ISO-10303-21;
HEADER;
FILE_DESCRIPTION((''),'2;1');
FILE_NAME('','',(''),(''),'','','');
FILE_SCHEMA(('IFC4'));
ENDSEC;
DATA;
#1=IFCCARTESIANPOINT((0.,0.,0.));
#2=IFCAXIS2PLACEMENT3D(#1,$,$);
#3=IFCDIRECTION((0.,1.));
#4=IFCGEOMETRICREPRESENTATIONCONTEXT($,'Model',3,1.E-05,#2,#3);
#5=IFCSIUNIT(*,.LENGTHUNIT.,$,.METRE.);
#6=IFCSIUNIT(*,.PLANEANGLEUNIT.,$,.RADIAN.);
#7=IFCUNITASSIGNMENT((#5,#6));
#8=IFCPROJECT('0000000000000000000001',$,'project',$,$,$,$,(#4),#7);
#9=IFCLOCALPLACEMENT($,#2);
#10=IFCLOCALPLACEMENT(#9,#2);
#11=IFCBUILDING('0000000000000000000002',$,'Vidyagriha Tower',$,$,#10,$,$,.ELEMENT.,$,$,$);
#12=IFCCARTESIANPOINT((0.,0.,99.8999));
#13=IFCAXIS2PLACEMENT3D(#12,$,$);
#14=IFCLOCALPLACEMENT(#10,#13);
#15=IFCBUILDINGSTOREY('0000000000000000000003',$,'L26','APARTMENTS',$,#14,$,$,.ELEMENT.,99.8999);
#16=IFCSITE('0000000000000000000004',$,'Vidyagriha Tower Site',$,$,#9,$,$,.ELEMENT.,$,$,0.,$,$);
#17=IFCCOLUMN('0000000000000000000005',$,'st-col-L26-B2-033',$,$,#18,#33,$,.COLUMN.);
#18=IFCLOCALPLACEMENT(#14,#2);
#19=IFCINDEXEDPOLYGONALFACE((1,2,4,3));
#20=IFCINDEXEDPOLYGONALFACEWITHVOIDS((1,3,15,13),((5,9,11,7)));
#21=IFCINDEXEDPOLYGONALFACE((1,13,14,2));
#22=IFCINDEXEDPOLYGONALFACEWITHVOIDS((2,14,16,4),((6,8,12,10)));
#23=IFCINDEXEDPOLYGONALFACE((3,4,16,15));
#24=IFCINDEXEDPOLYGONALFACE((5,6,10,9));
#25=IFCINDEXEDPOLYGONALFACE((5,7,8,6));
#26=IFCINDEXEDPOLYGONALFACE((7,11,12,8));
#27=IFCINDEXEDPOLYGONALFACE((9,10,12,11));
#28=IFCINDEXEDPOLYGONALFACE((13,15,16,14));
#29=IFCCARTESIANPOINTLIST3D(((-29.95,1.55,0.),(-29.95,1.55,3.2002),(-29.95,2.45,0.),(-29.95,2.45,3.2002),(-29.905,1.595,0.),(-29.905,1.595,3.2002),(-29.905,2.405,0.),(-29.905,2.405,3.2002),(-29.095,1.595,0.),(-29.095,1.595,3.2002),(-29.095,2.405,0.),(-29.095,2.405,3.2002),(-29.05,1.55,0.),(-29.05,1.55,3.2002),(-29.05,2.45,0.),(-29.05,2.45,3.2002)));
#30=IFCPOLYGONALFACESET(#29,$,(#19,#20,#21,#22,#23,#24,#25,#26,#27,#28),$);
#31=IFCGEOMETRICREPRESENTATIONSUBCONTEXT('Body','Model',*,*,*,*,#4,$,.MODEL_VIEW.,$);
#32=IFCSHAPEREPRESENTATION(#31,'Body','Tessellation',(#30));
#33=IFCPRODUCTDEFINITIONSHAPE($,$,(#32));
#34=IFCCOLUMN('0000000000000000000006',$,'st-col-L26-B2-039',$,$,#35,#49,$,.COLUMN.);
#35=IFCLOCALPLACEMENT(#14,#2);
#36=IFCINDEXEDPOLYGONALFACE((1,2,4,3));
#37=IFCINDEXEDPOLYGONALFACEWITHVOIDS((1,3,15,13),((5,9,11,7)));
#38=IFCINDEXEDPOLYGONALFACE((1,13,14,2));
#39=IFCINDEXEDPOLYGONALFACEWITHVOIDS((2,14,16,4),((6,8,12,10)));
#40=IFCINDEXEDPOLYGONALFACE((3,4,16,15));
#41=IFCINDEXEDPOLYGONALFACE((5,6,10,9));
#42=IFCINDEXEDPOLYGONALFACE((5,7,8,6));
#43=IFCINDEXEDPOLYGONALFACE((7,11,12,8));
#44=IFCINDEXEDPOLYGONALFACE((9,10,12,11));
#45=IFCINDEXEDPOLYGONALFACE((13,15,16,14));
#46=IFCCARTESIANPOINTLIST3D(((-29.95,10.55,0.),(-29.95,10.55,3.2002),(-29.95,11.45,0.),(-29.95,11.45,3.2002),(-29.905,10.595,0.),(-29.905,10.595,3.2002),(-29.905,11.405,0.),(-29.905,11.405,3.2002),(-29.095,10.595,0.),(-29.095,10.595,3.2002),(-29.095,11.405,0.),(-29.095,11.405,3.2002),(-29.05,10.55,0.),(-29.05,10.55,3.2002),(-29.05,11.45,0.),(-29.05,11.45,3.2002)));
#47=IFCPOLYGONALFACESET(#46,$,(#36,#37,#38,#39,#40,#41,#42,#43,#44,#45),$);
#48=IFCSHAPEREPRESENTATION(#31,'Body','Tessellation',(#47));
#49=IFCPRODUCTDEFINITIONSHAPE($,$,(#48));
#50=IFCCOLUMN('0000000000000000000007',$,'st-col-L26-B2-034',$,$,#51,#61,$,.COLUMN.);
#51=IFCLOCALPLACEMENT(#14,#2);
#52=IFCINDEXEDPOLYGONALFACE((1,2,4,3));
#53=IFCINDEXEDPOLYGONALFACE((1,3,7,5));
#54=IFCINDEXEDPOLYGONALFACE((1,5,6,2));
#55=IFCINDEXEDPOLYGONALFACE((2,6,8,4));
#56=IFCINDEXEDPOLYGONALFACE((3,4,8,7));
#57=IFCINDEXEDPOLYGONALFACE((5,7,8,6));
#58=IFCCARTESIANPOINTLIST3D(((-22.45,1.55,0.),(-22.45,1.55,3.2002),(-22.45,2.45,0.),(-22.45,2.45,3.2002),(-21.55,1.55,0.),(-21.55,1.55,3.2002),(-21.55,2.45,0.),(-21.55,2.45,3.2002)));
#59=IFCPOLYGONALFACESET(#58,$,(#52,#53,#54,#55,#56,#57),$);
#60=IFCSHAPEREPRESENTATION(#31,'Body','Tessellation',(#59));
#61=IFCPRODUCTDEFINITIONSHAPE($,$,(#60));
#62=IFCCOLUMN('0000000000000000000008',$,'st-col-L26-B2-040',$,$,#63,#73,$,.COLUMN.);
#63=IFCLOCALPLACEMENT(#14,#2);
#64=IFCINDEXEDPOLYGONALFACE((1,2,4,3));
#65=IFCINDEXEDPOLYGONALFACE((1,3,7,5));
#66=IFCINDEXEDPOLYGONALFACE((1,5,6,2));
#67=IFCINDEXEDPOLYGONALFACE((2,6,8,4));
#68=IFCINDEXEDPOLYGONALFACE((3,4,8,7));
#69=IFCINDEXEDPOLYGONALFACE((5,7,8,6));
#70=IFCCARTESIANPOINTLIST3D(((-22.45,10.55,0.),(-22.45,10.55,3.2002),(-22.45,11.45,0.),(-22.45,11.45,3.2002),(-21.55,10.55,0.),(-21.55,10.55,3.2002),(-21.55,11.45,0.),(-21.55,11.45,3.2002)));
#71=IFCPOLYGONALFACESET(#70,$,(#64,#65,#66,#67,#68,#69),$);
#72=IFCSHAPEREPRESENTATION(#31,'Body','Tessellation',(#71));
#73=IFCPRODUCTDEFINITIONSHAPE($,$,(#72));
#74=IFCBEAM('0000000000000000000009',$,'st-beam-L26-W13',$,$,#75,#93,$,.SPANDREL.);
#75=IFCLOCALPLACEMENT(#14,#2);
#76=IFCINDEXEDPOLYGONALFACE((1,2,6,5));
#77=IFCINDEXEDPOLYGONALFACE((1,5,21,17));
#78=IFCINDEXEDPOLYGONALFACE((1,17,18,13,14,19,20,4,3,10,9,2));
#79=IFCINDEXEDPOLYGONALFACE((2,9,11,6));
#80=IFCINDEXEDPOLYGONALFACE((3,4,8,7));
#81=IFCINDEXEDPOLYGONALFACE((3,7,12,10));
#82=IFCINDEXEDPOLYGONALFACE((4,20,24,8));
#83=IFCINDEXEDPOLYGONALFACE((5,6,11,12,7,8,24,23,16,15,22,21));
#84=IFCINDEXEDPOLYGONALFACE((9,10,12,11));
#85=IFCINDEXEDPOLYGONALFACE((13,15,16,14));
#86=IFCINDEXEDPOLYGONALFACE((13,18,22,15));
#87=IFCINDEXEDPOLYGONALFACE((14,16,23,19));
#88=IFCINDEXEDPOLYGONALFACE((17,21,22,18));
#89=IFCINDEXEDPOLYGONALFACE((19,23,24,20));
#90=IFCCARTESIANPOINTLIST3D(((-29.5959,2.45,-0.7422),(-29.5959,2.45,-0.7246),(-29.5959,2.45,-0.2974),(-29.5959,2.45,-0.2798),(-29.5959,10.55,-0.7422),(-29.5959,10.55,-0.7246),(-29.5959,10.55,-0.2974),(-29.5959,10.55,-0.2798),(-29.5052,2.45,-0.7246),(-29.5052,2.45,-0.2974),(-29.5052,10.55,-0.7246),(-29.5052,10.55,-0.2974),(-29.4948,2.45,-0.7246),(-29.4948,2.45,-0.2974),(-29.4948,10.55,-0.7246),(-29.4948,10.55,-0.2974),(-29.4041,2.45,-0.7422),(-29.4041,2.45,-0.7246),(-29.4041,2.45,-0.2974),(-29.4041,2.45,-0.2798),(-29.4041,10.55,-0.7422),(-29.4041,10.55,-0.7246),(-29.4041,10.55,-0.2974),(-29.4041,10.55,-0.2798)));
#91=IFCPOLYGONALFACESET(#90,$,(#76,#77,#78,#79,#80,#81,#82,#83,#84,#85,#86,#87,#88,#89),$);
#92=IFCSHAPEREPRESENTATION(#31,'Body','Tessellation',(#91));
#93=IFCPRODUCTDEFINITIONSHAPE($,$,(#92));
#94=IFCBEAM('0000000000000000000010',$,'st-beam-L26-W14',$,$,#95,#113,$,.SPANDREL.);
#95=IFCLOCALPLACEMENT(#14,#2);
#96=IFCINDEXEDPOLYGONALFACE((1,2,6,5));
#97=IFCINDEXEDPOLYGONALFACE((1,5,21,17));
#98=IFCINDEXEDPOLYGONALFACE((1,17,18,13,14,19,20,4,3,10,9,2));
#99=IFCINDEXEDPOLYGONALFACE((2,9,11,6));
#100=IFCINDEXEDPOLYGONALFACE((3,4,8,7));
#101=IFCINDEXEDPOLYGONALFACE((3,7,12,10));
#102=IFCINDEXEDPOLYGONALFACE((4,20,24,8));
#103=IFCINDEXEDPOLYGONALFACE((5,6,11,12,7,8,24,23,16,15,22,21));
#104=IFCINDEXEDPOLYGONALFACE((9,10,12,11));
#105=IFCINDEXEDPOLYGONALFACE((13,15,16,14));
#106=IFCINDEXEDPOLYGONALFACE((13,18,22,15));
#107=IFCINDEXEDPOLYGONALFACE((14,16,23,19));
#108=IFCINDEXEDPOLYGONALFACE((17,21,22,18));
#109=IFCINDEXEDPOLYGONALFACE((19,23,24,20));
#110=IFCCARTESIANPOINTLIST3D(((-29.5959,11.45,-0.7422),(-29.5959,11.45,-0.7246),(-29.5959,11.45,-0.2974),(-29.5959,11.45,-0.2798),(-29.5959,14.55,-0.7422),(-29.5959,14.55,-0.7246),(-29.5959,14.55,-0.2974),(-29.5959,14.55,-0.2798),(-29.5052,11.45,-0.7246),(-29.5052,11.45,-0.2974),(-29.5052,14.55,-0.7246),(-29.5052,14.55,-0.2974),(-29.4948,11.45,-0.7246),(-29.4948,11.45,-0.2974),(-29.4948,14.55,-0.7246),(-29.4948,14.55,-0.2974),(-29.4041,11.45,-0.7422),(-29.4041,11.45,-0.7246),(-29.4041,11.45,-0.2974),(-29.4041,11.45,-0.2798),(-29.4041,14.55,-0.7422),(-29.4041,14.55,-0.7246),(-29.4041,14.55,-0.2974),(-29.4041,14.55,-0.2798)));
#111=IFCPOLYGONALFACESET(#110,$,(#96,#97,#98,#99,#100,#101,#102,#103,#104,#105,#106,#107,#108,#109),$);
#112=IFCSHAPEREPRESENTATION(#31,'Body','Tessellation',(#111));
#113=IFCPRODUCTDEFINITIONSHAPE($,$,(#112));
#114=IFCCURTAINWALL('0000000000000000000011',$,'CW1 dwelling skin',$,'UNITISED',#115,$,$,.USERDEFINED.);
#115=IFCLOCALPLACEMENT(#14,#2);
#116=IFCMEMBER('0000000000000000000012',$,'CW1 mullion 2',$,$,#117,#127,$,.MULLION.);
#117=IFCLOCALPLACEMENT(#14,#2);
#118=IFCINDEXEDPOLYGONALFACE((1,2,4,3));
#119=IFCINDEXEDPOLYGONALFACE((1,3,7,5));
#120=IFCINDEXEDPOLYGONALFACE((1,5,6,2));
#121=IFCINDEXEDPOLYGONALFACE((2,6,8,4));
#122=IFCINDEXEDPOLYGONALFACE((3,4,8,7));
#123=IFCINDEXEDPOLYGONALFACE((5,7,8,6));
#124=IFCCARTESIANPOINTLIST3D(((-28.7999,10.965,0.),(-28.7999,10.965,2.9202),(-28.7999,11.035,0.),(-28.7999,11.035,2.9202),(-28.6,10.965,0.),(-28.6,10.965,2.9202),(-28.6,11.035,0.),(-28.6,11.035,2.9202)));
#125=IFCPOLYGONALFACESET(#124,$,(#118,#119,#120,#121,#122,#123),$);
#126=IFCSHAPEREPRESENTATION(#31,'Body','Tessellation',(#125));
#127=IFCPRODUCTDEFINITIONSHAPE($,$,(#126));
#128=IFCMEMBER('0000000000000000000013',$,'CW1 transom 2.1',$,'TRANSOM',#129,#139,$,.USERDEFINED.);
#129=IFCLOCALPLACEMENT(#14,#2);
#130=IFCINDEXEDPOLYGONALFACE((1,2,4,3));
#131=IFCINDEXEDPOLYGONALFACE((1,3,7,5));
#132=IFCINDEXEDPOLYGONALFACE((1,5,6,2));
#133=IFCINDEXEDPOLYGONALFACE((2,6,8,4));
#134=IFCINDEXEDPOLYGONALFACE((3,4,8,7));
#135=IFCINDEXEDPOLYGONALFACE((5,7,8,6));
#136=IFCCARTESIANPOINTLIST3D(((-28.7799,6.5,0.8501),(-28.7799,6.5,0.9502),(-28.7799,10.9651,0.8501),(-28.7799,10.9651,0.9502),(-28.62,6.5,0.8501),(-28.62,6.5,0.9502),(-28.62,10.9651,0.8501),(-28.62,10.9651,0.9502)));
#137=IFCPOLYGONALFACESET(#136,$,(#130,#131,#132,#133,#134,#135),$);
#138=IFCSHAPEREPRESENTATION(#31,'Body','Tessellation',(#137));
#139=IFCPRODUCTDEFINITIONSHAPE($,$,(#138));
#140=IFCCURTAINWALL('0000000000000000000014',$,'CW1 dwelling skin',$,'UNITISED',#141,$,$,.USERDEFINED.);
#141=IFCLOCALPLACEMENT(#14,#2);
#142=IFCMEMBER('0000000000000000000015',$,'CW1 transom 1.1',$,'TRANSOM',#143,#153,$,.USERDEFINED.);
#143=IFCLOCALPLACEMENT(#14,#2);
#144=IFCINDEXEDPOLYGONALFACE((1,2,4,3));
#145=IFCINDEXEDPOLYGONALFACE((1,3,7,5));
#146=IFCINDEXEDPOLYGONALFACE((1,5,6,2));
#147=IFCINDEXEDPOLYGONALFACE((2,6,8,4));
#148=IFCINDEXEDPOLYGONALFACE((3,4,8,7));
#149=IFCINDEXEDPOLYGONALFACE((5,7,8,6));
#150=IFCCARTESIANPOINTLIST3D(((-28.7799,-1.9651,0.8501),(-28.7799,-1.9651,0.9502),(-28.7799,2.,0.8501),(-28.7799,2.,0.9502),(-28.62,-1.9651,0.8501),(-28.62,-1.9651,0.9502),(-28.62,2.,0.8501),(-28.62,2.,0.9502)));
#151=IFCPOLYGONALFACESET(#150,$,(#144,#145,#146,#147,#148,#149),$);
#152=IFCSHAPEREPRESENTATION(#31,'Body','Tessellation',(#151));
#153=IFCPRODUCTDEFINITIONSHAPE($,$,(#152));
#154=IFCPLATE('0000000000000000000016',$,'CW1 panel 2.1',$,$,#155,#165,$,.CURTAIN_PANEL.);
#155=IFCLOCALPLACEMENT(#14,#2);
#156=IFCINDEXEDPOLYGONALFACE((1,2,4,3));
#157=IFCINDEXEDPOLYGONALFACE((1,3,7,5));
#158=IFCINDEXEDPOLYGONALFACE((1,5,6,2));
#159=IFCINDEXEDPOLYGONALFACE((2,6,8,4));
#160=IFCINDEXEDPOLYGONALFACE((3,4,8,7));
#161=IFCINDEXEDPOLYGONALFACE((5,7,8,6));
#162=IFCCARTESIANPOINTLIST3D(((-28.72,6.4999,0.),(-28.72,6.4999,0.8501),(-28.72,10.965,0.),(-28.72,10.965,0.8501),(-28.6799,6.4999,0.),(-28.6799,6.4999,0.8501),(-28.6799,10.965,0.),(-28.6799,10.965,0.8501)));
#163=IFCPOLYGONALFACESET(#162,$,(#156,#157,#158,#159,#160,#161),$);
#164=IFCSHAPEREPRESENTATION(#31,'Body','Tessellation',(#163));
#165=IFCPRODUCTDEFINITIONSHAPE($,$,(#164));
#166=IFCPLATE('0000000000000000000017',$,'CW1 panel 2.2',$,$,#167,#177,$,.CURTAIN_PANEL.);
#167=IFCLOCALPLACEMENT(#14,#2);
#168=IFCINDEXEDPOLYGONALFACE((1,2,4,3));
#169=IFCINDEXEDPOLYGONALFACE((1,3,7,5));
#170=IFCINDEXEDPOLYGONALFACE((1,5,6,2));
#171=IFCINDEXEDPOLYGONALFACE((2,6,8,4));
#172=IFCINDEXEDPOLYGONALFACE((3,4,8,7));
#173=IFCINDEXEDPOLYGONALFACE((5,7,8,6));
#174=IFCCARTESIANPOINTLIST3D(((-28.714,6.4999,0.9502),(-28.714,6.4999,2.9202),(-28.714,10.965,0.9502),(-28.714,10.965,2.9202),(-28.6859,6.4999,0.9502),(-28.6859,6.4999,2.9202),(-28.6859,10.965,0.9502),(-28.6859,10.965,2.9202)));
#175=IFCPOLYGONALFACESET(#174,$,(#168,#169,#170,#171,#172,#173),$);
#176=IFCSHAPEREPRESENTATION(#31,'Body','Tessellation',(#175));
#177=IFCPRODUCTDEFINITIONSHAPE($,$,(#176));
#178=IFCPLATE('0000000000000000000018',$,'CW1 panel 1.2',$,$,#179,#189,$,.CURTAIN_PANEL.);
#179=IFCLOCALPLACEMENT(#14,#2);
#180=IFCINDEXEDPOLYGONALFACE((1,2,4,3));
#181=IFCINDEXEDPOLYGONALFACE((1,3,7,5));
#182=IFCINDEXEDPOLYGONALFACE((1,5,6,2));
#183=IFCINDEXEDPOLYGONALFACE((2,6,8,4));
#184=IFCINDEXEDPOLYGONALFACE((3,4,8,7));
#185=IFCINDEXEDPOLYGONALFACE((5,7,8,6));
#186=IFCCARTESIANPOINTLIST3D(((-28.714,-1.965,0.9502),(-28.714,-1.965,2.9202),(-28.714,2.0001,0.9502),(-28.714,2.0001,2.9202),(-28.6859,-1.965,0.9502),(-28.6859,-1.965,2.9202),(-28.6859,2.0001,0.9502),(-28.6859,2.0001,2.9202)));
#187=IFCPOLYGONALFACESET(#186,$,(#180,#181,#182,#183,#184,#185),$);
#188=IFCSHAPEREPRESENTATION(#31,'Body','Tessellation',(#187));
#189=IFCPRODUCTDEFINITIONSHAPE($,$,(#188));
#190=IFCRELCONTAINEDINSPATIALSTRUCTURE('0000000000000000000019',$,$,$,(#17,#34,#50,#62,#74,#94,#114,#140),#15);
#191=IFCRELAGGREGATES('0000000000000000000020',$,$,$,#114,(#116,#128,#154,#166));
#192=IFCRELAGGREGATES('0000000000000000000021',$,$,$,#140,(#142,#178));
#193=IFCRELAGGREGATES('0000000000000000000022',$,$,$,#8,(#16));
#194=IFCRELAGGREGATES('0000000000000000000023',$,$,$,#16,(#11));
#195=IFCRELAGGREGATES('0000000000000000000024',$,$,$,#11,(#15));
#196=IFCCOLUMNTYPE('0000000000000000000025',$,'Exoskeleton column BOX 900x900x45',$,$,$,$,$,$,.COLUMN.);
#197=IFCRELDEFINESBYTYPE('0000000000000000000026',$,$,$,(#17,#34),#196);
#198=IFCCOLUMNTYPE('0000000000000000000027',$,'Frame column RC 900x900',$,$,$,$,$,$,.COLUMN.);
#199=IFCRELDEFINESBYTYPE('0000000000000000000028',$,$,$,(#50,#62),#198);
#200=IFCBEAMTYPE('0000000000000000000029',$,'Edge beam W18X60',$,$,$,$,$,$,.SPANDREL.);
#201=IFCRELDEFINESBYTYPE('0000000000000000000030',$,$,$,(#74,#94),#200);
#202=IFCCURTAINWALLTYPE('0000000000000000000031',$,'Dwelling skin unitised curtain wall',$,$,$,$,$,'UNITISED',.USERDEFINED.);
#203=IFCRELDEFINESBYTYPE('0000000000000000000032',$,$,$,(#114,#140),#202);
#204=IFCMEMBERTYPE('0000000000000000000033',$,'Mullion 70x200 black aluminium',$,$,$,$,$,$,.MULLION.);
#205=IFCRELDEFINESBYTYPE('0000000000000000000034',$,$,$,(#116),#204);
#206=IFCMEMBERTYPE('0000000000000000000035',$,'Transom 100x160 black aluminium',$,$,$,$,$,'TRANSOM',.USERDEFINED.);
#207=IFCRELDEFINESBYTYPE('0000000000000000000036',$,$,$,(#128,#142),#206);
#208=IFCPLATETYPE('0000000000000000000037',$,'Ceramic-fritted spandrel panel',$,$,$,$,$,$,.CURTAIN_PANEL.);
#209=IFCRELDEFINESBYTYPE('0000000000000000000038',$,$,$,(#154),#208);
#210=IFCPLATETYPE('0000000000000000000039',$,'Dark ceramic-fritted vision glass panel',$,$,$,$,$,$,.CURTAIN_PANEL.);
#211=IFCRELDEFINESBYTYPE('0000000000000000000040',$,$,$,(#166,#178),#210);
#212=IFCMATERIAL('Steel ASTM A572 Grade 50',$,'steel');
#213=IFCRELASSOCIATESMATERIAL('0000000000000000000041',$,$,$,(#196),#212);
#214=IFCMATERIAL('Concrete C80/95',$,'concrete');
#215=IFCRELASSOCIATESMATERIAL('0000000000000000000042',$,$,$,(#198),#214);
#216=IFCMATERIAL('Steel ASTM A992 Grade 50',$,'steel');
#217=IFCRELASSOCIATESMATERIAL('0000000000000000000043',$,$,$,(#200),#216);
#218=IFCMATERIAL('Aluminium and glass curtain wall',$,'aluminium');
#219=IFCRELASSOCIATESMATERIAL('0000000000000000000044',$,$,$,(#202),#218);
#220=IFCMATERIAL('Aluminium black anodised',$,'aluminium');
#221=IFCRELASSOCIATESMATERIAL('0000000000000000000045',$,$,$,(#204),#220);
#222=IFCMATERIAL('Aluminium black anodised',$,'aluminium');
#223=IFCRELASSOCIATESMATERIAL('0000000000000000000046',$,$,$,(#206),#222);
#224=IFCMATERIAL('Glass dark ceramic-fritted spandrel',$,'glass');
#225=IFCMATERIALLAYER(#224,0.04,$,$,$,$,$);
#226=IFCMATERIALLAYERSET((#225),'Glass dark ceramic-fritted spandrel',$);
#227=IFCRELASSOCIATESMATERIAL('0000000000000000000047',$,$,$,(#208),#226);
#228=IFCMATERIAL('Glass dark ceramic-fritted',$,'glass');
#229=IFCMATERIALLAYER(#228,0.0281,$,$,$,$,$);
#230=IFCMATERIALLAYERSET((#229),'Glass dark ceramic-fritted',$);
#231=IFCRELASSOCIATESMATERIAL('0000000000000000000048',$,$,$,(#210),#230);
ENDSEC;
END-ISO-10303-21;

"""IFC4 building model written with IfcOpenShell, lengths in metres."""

from ifc_helpers import new_model, si_unit, direction, frame, origin, origin_2d, place, context, subcontext, project, spatial, rectangle, hollow_rectangle, i_section, extrude, material, layer, layer_set, material_profile, profile_set, type_object, element, aggregate, save


model = new_model("IFC4")

# Units and contexts
model_context = context("Model", 3, precision=1e-05, world=origin(), true_north=direction((0.0, 1.0)))
body_context = subcontext(model_context, "Body", "Model", "MODEL_VIEW")
ifc_project = project(units=[si_unit("LENGTHUNIT", "METRE"), si_unit("PLANEANGLEUNIT", "RADIAN")], contexts=[model_context])

# Site, building, storey
site_placement = place(None, origin())
site = spatial("IfcSite", under=ifc_project, at=site_placement, Name="Vidyagriha Tower Site", CompositionType="ELEMENT", RefElevation=0.0)
building_placement = place(site_placement, origin())
building = spatial("IfcBuilding", under=site, at=building_placement, Name="Vidyagriha Tower", CompositionType="ELEMENT")
storey_placement = place(building_placement, frame((0.0, 0.0, 99.8999)))
storey = spatial("IfcBuildingStorey", under=building, at=storey_placement, Name="L26", Description="APARTMENTS", CompositionType="ELEMENT", Elevation=99.8999)

# Columns
ifc_material_1 = material(Name="Steel ASTM A572 Grade 50", Category="steel")
ifc_material_profile_1 = material_profile(ifc_material_1, hollow_rectangle(XDim=0.8999, YDim=0.8999, WallThickness=0.0449, at=origin_2d()), Name="BOX 900x900x45")
ifc_profile_set_1 = profile_set([ifc_material_profile_1], Name="Steel ASTM A572 Grade 50")
column_type_1 = type_object("IfcColumnType", Name="Exoskeleton column BOX 900x900x45", PredefinedType="COLUMN", material=ifc_profile_set_1)
for number, where, name in (
    (1, (-29.5, 2.0, 0.0), "st-col-L26-B2-033"),
    (2, (-29.5, 11.0, 0.0), "st-col-L26-B2-039"),
):
    element("IfcColumn", number, at=place(storey_placement, frame(where)), inside=storey, type_object=column_type_1, Name=name, PredefinedType="COLUMN", context=body_context, shape_type="SweptSolid", body=[
        extrude(hollow_rectangle(XDim=0.8999, YDim=0.8999, WallThickness=0.0449, at=origin_2d()), origin(), (0.0, 0.0, 1.0), 3.2002),
    ])
ifc_material_2 = material(Name="Concrete C80/95", Category="concrete")
ifc_material_profile_2 = material_profile(ifc_material_2, rectangle(XDim=0.8999, YDim=0.8999, at=origin_2d()), Name="RC 900x900")
ifc_profile_set_2 = profile_set([ifc_material_profile_2], Name="Concrete C80/95")
column_type_2 = type_object("IfcColumnType", Name="Frame column RC 900x900", PredefinedType="COLUMN", material=ifc_profile_set_2)
for number, where, name in (
    (3, (-22.0, 2.0, 0.0), "st-col-L26-B2-034"),
    (4, (-22.0, 11.0, 0.0), "st-col-L26-B2-040"),
):
    element("IfcColumn", number, at=place(storey_placement, frame(where)), inside=storey, type_object=column_type_2, Name=name, PredefinedType="COLUMN", context=body_context, shape_type="SweptSolid", body=[
        extrude(rectangle(XDim=0.8999, YDim=0.8999, at=origin_2d()), origin(), (0.0, 0.0, 1.0), 3.2002),
    ])

# Beams
ifc_material_3 = material(Name="Steel ASTM A992 Grade 50", Category="steel")
ifc_material_profile_3 = material_profile(ifc_material_3, i_section(OverallWidth=0.1919, OverallDepth=0.4624, WebThickness=0.0105, FlangeThickness=0.0176, at=origin_2d()), Name="W18X60")
ifc_profile_set_3 = profile_set([ifc_material_profile_3], Name="Steel ASTM A992 Grade 50")
beam_type = type_object("IfcBeamType", Name="Edge beam W18X60", PredefinedType="SPANDREL", material=ifc_profile_set_3)
beam_1_placement = place(storey_placement, frame((-29.5, 2.45, -0.511), z_axis=(0.0, 1.0, 0.0), x_axis=(-1.0, 0.0, 0.0)))
element("IfcBeam", 5, at=beam_1_placement, inside=storey, type_object=beam_type, Name="st-beam-L26-W13", PredefinedType="SPANDREL", context=body_context, shape_type="SweptSolid", body=[
    extrude(i_section(OverallWidth=0.1919, OverallDepth=0.4624, WebThickness=0.0105, FlangeThickness=0.0176, at=origin_2d()), origin(), (0.0, 0.0, 1.0), 8.1001),
])
beam_2_placement = place(storey_placement, frame((-29.5, 11.45, -0.511), z_axis=(0.0, 1.0, 0.0), x_axis=(-1.0, 0.0, 0.0)))
element("IfcBeam", 6, at=beam_2_placement, inside=storey, type_object=beam_type, Name="st-beam-L26-W14", PredefinedType="SPANDREL", context=body_context, shape_type="SweptSolid", body=[
    extrude(i_section(OverallWidth=0.1919, OverallDepth=0.4624, WebThickness=0.0105, FlangeThickness=0.0176, at=origin_2d()), origin(), (0.0, 0.0, 1.0), 3.1001),
])

# Curtain wall, members
ifc_material_4 = material(Name="Aluminium and glass curtain wall", Category="aluminium")
curtain_wall_type = type_object("IfcCurtainWallType", Name="Dwelling skin unitised curtain wall", ElementType="UNITISED", PredefinedType="USERDEFINED", material=ifc_material_4)
curtain_wall_1_placement = place(storey_placement, origin())
curtain_wall_1 = element("IfcCurtainWall", 7, at=curtain_wall_1_placement, inside=storey, type_object=curtain_wall_type, Name="CW1 dwelling skin", ObjectType="UNITISED", PredefinedType="USERDEFINED")
ifc_material_5 = material(Name="Aluminium black anodised", Category="aluminium")
ifc_material_profile_4 = material_profile(ifc_material_5, rectangle(XDim=0.2, YDim=0.0701, at=origin_2d()), Name="Mullion 70x200 black aluminium")
ifc_profile_set_4 = profile_set([ifc_material_profile_4], Name="Aluminium black anodised")
member_type_1 = type_object("IfcMemberType", Name="Mullion 70x200 black aluminium", PredefinedType="MULLION", material=ifc_profile_set_4)
member_1_placement = place(storey_placement, frame((-28.7, 11.0, 0.0)))
member_1 = element("IfcMember", 8, at=member_1_placement, type_object=member_type_1, Name="CW1 mullion 2", PredefinedType="MULLION", context=body_context, shape_type="SweptSolid", body=[
    extrude(rectangle(XDim=0.2, YDim=0.0701, at=origin_2d()), origin(), (0.0, 0.0, 1.0), 2.9202),
])
ifc_material_6 = material(Name="Aluminium black anodised", Category="aluminium")
ifc_material_profile_5 = material_profile(ifc_material_6, rectangle(XDim=0.1599, YDim=0.1001, at=origin_2d()), Name="Transom 100x160 black aluminium")
ifc_profile_set_5 = profile_set([ifc_material_profile_5], Name="Aluminium black anodised")
member_type_2 = type_object("IfcMemberType", Name="Transom 100x160 black aluminium", ElementType="TRANSOM", PredefinedType="USERDEFINED", material=ifc_profile_set_5)
member_2_placement = place(storey_placement, frame((-28.7, 10.9651, 0.9001), z_axis=(0.0, -1.0, 0.0), x_axis=(1.0, 0.0, 0.0)))
member_2 = element("IfcMember", 9, at=member_2_placement, type_object=member_type_2, Name="CW1 transom 2.1", ObjectType="TRANSOM", PredefinedType="USERDEFINED", context=body_context, shape_type="SweptSolid", body=[
    extrude(rectangle(XDim=0.1599, YDim=0.1001, at=origin_2d()), origin(), (0.0, 0.0, 1.0), 4.4651),
])

# Curtain wall, member
curtain_wall_2_placement = place(storey_placement, origin())
curtain_wall_2 = element("IfcCurtainWall", 10, at=curtain_wall_2_placement, inside=storey, type_object=curtain_wall_type, Name="CW1 dwelling skin", ObjectType="UNITISED", PredefinedType="USERDEFINED")
member_3_placement = place(storey_placement, frame((-28.7, 2.0, 0.9001), z_axis=(0.0, -1.0, 0.0), x_axis=(1.0, 0.0, 0.0)))
member_3 = element("IfcMember", 11, at=member_3_placement, type_object=member_type_2, Name="CW1 transom 1.1", ObjectType="TRANSOM", PredefinedType="USERDEFINED", context=body_context, shape_type="SweptSolid", body=[
    extrude(rectangle(XDim=0.1599, YDim=0.1001, at=origin_2d()), origin(), (0.0, 0.0, 1.0), 3.9651),
])

# Plates
ifc_material_7 = material(Name="Glass dark ceramic-fritted spandrel", Category="glass")
ifc_layer_1 = layer(ifc_material_7, 0.04)
ifc_layer_set_1 = layer_set([ifc_layer_1], Name="Glass dark ceramic-fritted spandrel")
plate_type_1 = type_object("IfcPlateType", Name="Ceramic-fritted spandrel panel", PredefinedType="CURTAIN_PANEL", material=ifc_layer_set_1)
plate_1_placement = place(storey_placement, frame((-28.7, 8.7324, 0.0), z_axis=(0.0, 0.0, 1.0), x_axis=(0.0, -1.0, 0.0)))
plate_1 = element("IfcPlate", 12, at=plate_1_placement, type_object=plate_type_1, Name="CW1 panel 2.1", PredefinedType="CURTAIN_PANEL", context=body_context, shape_type="SweptSolid", body=[
    extrude(rectangle(XDim=4.4651, YDim=0.04, at=origin_2d()), origin(), (0.0, 0.0, 1.0), 0.8501),
])
ifc_material_8 = material(Name="Glass dark ceramic-fritted", Category="glass")
ifc_layer_2 = layer(ifc_material_8, 0.0281)
ifc_layer_set_2 = layer_set([ifc_layer_2], Name="Glass dark ceramic-fritted")
plate_type_2 = type_object("IfcPlateType", Name="Dark ceramic-fritted vision glass panel", PredefinedType="CURTAIN_PANEL", material=ifc_layer_set_2)
plate_2_placement = place(storey_placement, frame((-28.7, 8.7324, 0.9502), z_axis=(0.0, 0.0, 1.0), x_axis=(0.0, -1.0, 0.0)))
plate_2 = element("IfcPlate", 13, at=plate_2_placement, type_object=plate_type_2, Name="CW1 panel 2.2", PredefinedType="CURTAIN_PANEL", context=body_context, shape_type="SweptSolid", body=[
    extrude(rectangle(XDim=4.4651, YDim=0.0281, at=origin_2d()), origin(), (0.0, 0.0, 1.0), 1.97),
])
aggregate(curtain_wall_1, [member_1, member_2, plate_1, plate_2])
plate_3_placement = place(storey_placement, frame((-28.7, 0.0176, 0.9502), z_axis=(0.0, 0.0, 1.0), x_axis=(0.0, -1.0, 0.0)))
plate_3 = element("IfcPlate", 14, at=plate_3_placement, type_object=plate_type_2, Name="CW1 panel 1.2", PredefinedType="CURTAIN_PANEL", context=body_context, shape_type="SweptSolid", body=[
    extrude(rectangle(XDim=3.9651, YDim=0.0281, at=origin_2d()), origin(), (0.0, 0.0, 1.0), 1.97),
])
aggregate(curtain_wall_2, [member_3, plate_3])

save(model, "model.ifc")
